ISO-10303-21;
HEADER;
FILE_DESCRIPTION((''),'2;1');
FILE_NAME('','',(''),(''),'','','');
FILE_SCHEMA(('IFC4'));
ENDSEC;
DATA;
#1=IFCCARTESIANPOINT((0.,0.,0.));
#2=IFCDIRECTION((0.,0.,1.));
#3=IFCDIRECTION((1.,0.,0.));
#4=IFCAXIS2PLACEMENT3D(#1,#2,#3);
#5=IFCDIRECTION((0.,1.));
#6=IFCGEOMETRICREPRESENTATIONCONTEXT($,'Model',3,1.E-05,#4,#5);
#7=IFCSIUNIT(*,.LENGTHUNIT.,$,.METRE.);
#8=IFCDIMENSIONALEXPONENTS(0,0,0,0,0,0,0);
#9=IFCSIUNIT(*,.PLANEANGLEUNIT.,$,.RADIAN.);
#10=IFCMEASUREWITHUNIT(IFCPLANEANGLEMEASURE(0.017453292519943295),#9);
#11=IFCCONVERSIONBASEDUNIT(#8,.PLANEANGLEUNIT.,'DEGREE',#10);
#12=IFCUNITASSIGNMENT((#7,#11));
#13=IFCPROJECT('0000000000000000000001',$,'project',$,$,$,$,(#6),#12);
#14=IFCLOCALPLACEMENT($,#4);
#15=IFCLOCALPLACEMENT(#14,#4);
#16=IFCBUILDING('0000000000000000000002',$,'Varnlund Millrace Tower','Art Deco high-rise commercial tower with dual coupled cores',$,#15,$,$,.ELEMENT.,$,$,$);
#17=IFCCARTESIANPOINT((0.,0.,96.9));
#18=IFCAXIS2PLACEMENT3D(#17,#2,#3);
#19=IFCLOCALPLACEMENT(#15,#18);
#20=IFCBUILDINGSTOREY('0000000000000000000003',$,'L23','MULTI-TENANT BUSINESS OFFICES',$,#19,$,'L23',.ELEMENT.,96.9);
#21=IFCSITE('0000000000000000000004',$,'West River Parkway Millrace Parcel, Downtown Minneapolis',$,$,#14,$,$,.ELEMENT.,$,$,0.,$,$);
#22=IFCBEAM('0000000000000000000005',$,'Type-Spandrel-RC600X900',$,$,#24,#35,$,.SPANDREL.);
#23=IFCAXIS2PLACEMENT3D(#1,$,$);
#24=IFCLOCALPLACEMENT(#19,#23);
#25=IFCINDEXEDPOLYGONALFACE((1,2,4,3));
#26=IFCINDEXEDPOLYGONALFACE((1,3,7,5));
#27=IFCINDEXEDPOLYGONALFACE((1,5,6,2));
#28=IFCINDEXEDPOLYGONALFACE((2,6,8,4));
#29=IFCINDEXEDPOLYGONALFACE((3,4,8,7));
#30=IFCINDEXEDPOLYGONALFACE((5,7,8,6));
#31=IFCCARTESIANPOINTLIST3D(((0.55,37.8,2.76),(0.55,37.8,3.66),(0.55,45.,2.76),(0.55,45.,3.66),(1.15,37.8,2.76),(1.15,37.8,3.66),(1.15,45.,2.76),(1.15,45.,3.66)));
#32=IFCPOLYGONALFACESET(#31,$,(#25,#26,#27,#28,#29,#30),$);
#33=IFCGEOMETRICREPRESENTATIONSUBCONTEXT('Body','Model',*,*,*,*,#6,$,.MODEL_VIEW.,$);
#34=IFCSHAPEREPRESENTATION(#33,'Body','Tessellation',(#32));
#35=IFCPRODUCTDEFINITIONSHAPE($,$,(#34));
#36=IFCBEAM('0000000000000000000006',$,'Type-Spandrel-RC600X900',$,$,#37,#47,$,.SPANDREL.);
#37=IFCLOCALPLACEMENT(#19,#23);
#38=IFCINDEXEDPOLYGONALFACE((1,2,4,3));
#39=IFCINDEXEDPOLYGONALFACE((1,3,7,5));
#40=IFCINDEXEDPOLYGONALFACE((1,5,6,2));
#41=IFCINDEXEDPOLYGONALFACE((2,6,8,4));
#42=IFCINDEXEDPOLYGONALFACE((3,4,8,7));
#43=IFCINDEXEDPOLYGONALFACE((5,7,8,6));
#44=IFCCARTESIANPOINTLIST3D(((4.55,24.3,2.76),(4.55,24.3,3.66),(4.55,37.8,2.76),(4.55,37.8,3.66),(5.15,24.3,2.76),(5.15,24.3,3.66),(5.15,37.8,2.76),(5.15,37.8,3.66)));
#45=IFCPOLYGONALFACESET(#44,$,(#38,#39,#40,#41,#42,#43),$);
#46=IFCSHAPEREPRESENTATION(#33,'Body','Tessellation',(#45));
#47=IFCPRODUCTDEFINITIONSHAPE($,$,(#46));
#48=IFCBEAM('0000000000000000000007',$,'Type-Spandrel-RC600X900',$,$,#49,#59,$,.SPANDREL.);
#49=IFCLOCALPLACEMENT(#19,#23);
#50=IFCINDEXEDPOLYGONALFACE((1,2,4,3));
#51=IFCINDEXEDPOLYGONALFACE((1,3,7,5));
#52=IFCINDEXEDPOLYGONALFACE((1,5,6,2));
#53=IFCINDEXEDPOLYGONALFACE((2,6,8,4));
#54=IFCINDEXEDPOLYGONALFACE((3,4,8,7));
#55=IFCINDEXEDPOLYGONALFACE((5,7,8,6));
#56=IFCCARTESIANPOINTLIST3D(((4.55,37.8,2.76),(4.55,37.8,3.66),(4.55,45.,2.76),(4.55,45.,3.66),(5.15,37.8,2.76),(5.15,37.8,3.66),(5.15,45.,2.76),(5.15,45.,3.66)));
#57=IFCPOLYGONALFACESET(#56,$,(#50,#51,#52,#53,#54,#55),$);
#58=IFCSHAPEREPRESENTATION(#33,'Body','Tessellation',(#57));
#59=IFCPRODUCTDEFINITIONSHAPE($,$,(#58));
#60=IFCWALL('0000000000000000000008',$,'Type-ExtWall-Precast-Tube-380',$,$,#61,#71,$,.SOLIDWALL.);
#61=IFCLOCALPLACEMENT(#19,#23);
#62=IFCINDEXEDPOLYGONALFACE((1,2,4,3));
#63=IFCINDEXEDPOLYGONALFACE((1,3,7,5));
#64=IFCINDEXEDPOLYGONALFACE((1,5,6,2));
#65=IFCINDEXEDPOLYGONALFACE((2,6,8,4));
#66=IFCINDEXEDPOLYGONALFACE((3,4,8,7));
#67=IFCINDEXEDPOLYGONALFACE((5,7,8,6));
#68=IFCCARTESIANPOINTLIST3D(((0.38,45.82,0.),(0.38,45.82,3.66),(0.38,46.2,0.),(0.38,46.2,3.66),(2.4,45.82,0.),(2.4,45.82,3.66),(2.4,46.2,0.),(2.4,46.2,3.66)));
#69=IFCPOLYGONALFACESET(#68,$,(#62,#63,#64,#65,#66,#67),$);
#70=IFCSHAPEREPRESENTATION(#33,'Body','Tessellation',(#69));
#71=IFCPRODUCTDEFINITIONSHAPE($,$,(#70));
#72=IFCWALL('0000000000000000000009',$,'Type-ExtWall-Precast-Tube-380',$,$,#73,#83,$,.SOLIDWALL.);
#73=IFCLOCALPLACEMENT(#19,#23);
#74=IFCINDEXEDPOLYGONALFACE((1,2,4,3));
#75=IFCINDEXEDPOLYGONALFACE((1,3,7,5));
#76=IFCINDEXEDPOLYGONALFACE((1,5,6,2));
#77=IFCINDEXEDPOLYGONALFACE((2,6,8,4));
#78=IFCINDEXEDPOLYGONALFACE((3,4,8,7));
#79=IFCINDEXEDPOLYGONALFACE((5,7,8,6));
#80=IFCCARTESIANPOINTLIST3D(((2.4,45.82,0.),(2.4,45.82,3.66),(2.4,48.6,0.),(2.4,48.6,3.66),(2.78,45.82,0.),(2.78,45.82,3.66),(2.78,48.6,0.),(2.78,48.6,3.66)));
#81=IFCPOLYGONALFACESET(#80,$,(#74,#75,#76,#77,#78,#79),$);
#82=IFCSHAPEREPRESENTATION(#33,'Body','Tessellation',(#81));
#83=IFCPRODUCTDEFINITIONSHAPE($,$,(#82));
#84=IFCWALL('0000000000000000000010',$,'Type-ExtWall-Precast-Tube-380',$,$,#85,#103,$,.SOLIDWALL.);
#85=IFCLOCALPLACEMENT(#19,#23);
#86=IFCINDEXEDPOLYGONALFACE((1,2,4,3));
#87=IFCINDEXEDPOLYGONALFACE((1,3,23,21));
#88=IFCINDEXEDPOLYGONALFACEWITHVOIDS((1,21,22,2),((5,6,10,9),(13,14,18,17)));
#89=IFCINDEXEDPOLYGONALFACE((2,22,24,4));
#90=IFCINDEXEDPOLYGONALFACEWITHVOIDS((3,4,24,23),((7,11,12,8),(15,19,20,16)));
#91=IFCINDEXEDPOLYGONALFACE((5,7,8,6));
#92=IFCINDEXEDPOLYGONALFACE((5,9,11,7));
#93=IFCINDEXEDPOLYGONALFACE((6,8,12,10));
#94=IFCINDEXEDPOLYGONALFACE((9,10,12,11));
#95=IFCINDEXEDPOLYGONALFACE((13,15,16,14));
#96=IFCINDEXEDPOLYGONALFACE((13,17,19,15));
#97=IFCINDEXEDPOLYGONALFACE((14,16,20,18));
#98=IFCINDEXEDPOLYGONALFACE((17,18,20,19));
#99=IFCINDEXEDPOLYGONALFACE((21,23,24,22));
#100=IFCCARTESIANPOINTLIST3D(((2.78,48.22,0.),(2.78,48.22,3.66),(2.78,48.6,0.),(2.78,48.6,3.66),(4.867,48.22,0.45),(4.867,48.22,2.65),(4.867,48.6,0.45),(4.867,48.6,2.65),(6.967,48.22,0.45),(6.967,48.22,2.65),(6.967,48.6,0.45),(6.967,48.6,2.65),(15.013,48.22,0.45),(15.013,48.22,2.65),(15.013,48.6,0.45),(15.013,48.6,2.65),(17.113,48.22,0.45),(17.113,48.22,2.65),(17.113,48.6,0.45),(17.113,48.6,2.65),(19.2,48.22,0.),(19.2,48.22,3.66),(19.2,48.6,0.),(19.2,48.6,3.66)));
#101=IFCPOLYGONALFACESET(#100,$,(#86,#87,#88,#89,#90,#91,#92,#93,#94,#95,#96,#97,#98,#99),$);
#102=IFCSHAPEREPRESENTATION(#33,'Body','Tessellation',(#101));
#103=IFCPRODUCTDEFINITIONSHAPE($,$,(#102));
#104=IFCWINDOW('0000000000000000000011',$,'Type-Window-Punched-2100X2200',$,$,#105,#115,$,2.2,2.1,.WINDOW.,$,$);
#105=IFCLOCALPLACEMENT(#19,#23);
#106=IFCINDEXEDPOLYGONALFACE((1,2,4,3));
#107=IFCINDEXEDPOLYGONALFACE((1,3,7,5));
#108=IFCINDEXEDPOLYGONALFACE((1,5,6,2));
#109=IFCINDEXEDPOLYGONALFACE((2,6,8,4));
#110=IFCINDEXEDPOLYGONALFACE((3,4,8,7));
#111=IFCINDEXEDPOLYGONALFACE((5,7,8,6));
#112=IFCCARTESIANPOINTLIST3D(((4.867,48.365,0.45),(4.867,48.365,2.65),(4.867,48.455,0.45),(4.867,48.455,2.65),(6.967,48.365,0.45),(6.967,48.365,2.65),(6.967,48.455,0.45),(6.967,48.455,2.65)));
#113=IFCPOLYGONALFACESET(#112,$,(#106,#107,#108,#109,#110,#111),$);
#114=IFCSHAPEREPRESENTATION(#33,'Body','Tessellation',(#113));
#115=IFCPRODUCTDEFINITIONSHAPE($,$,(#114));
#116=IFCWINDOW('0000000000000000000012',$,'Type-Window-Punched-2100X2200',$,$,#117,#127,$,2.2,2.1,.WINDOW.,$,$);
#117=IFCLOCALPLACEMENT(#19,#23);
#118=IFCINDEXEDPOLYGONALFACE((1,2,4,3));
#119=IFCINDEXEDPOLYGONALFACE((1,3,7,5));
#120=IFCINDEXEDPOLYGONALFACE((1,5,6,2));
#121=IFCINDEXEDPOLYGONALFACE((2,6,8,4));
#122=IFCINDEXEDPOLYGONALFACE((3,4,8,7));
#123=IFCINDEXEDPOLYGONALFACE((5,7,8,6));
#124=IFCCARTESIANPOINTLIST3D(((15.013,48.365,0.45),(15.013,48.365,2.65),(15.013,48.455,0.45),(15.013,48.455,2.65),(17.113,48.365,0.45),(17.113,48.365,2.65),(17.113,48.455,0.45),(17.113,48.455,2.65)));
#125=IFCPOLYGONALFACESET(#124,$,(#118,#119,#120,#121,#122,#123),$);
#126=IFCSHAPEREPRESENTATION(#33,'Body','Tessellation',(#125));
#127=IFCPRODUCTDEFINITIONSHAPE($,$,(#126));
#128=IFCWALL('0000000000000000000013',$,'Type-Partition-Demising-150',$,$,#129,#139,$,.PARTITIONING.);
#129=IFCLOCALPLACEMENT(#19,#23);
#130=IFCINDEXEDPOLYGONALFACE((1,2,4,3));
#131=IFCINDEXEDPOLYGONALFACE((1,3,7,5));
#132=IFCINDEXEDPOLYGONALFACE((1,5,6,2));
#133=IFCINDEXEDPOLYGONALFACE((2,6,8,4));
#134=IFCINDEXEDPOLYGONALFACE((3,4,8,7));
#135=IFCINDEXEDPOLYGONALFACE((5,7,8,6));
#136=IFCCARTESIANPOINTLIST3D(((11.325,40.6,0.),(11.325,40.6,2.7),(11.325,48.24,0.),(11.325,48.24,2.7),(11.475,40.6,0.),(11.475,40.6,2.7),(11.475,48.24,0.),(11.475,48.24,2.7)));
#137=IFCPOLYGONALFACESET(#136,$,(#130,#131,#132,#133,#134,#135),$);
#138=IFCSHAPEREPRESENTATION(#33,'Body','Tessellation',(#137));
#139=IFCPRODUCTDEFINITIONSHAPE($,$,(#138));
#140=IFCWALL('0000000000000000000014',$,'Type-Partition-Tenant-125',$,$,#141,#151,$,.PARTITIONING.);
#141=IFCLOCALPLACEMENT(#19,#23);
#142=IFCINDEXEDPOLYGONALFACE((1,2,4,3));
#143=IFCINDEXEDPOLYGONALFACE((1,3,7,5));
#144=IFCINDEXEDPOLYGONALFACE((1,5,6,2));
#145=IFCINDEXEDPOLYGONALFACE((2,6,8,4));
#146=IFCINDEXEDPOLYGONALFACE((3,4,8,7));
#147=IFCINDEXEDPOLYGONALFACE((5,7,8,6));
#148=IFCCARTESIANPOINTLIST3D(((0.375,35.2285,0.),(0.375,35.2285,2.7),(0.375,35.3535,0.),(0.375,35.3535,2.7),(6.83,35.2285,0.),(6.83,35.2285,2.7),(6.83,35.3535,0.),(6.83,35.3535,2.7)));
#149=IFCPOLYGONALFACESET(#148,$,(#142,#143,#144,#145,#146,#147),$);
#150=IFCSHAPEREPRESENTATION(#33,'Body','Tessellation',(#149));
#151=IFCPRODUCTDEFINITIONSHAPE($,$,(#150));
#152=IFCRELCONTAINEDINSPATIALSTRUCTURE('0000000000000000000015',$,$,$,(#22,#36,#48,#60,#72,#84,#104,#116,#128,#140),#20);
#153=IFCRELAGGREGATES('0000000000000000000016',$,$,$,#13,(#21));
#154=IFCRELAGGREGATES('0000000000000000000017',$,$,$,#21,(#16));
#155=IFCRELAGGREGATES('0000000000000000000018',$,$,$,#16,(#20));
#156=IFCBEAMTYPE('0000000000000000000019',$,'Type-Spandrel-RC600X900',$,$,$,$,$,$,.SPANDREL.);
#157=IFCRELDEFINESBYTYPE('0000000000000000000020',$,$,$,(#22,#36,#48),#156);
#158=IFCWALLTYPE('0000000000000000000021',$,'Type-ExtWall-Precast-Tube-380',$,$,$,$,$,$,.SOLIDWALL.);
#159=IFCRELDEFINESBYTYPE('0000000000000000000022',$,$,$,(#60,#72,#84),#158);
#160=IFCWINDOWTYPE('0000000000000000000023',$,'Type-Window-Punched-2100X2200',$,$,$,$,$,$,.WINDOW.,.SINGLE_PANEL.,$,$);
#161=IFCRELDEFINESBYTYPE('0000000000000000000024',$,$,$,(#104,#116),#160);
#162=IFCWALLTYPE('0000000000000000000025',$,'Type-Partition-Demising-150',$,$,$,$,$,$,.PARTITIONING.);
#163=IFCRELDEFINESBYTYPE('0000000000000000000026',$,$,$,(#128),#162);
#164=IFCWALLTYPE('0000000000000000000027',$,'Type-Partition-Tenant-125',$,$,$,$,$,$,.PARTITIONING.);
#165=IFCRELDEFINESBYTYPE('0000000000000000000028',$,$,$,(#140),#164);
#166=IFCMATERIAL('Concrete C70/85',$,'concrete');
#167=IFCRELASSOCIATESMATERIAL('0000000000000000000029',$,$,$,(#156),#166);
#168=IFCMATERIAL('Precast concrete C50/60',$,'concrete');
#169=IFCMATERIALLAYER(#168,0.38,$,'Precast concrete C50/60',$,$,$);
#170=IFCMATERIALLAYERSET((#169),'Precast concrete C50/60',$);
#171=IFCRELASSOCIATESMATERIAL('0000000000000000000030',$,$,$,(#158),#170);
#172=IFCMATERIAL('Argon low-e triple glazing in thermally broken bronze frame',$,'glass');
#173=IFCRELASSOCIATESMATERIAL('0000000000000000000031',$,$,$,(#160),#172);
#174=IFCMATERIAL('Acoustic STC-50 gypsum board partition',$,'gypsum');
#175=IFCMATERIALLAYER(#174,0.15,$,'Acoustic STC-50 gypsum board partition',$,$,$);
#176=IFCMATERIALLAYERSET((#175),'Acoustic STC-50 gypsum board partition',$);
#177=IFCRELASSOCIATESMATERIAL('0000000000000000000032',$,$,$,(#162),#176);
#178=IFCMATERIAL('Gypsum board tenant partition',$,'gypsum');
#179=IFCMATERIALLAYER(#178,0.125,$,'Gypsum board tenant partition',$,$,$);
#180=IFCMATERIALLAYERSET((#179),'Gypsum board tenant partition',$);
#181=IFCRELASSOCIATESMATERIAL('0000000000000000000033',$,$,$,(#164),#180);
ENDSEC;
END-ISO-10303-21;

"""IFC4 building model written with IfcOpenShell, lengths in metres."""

from ifc_helpers import new_model, entity, si_unit, converted_unit, direction, frame, origin_with_axes, origin_2d_with_axis, place, context, subcontext, project, spatial, polyline, rectangle, outline, extrude, material, layer, layer_set, material_profile, profile_set, type_object, element, fill, save


model = new_model("IFC4")

# Units and contexts
model_context = context("Model", 3, precision=1e-05, world=origin_with_axes(), true_north=direction((0.0, 1.0)))
body_context = subcontext(model_context, "Body", "Model", "MODEL_VIEW")
ifc_project = project(units=[si_unit("LENGTHUNIT", "METRE"), converted_unit("PLANEANGLEUNIT", "DEGREE", entity("IfcPlaneAngleMeasure", 0.017453292519943295), si_unit("PLANEANGLEUNIT", "RADIAN"), dimensions=[0, 0, 0, 0, 0, 0, 0])], contexts=[model_context])

# Site, building, storey
site_placement = place(None, origin_with_axes())
site = spatial("IfcSite", under=ifc_project, at=site_placement, Name="West River Parkway Millrace Parcel, Downtown Minneapolis", CompositionType="ELEMENT", RefElevation=0.0)
building_placement = place(site_placement, origin_with_axes())
building = spatial("IfcBuilding", under=site, at=building_placement, Name="Varnlund Millrace Tower", Description="Art Deco high-rise commercial tower with dual coupled cores", CompositionType="ELEMENT")
storey_placement = place(building_placement, frame((0.0, 0.0, 96.9), z_axis=(0.0, 0.0, 1.0), x_axis=(1.0, 0.0, 0.0)))
storey = spatial("IfcBuildingStorey", under=building, at=storey_placement, Name="L23", Description="MULTI-TENANT BUSINESS OFFICES", LongName="L23", CompositionType="ELEMENT", Elevation=96.9)

# Beams
ifc_material_1 = material(Name="Concrete C70/85", Category="concrete")
ifc_material_profile_1 = material_profile(ifc_material_1, rectangle(XDim=0.6, YDim=0.9, at=origin_2d_with_axis()), Name="Concrete C70/85")
ifc_profile_set_1 = profile_set([ifc_material_profile_1], Name="Concrete C70/85")
beam_type_1 = type_object("IfcBeamType", Name="Type-Spandrel-RC600X900", PredefinedType="SPANDREL", material=ifc_profile_set_1)
beam_1_placement = place(storey_placement, frame((0.85, 37.8, 3.21), z_axis=(0.0, 1.0, 0.0), x_axis=(-1.0, 0.0, 0.0)))
element("IfcBeam", 1, at=beam_1_placement, inside=storey, type_object=beam_type_1, Name="Type-Spandrel-RC600X900", PredefinedType="SPANDREL", context=body_context, shape_type="SweptSolid", body=[
    extrude(rectangle(XDim=0.6, YDim=0.9, at=origin_2d_with_axis()), origin_with_axes(), (0.0, 0.0, 1.0), 7.2),
])
beam_2_placement = place(storey_placement, frame((4.85, 24.3, 3.21), z_axis=(0.0, 1.0, 0.0), x_axis=(-1.0, 0.0, 0.0)))
element("IfcBeam", 2, at=beam_2_placement, inside=storey, type_object=beam_type_1, Name="Type-Spandrel-RC600X900", PredefinedType="SPANDREL", context=body_context, shape_type="SweptSolid", body=[
    extrude(rectangle(XDim=0.6, YDim=0.9, at=origin_2d_with_axis()), origin_with_axes(), (0.0, 0.0, 1.0), 13.5),
])
beam_3_placement = place(storey_placement, frame((4.85, 37.8, 3.21), z_axis=(0.0, 1.0, 0.0), x_axis=(-1.0, 0.0, 0.0)))
element("IfcBeam", 3, at=beam_3_placement, inside=storey, type_object=beam_type_1, Name="Type-Spandrel-RC600X900", PredefinedType="SPANDREL", context=body_context, shape_type="SweptSolid", body=[
    extrude(rectangle(XDim=0.6, YDim=0.9, at=origin_2d_with_axis()), origin_with_axes(), (0.0, 0.0, 1.0), 7.2),
])

# Walls
ifc_material_2 = material(Name="Precast concrete C50/60", Category="concrete")
ifc_layer_1 = layer(ifc_material_2, 0.38, Name="Precast concrete C50/60")
ifc_layer_set_1 = layer_set([ifc_layer_1], Name="Precast concrete C50/60")
wall_type_1 = type_object("IfcWallType", Name="Type-ExtWall-Precast-Tube-380", PredefinedType="SOLIDWALL", material=ifc_layer_set_1)
wall_1_placement = place(storey_placement, frame((0.38, 46.01, 0.0), z_axis=(0.0, 0.0, 1.0), x_axis=(1.0, 0.0, 0.0)))
element("IfcWall", 4, at=wall_1_placement, inside=storey, type_object=wall_type_1, Name="Type-ExtWall-Precast-Tube-380", PredefinedType="SOLIDWALL", context=body_context, shape_type="SweptSolid", body=[
    extrude(outline(polyline([(0.0, -0.19), (2.02, -0.19), (2.02, 0.19), (0.0, 0.19), (0.0, -0.19)])), origin_with_axes(), (0.0, 0.0, 1.0), 3.66),
])
wall_2_placement = place(storey_placement, frame((2.59, 45.82, 0.0), z_axis=(0.0, 0.0, 1.0), x_axis=(0.0, 1.0, 0.0)))
element("IfcWall", 5, at=wall_2_placement, inside=storey, type_object=wall_type_1, Name="Type-ExtWall-Precast-Tube-380", PredefinedType="SOLIDWALL", context=body_context, shape_type="SweptSolid", body=[
    extrude(outline(polyline([(0.0, -0.19), (2.78, -0.19), (2.78, 0.19), (0.0, 0.19), (0.0, -0.19)])), origin_with_axes(), (0.0, 0.0, 1.0), 3.66),
])

# Wall, openings, windows
wall_3_placement = place(storey_placement, frame((2.78, 48.41, 0.0), z_axis=(0.0, 0.0, 1.0), x_axis=(1.0, 0.0, 0.0)))
wall_3 = element("IfcWall", 6, at=wall_3_placement, inside=storey, type_object=wall_type_1, Name="Type-ExtWall-Precast-Tube-380", PredefinedType="SOLIDWALL", context=body_context, shape_type="SweptSolid", body=[
    extrude(outline(polyline([(0.0, -0.19), (16.42, -0.19), (16.42, 0.19), (0.0, 0.19), (0.0, -0.19)])), origin_with_axes(), (0.0, 0.0, 1.0), 3.66),
])
opening_1_placement = place(wall_3_placement, frame((3.137, 0.0, 0.45), z_axis=(0.0, 0.0, 1.0), x_axis=(1.0, 0.0, 0.0)))
opening_1 = element("IfcOpeningElement", 7, at=opening_1_placement, cuts=wall_3, PredefinedType="OPENING", context=body_context, shape_type="SweptSolid", body=[
    extrude(rectangle(XDim=2.1, YDim=0.4, at=origin_2d_with_axis()), origin_with_axes(), (0.0, 0.0, 1.0), 2.2),
])
opening_2_placement = place(wall_3_placement, frame((13.283, 0.0, 0.45), z_axis=(0.0, 0.0, 1.0), x_axis=(1.0, 0.0, 0.0)))
opening_2 = element("IfcOpeningElement", 8, at=opening_2_placement, cuts=wall_3, PredefinedType="OPENING", context=body_context, shape_type="SweptSolid", body=[
    extrude(rectangle(XDim=2.1, YDim=0.4, at=origin_2d_with_axis()), origin_with_axes(), (0.0, 0.0, 1.0), 2.2),
])
ifc_material_3 = material(Name="Argon low-e triple glazing in thermally broken bronze frame", Category="glass")
window_type = type_object("IfcWindowType", Name="Type-Window-Punched-2100X2200", PartitioningType="SINGLE_PANEL", PredefinedType="WINDOW", material=ifc_material_3)
window_1_placement = place(wall_3_placement, frame((3.137, 0.0, 0.45), z_axis=(0.0, 0.0, 1.0), x_axis=(1.0, 0.0, 0.0)))
window_1 = element("IfcWindow", 9, at=window_1_placement, inside=storey, type_object=window_type, Name="Type-Window-Punched-2100X2200", OverallHeight=2.2, OverallWidth=2.1, PredefinedType="WINDOW", context=body_context, shape_type="SweptSolid", body=[
    extrude(rectangle(XDim=2.1, YDim=0.09, at=origin_2d_with_axis()), origin_with_axes(), (0.0, 0.0, 1.0), 2.2),
])
fill(opening_1, window_1)
window_2_placement = place(wall_3_placement, frame((13.283, 0.0, 0.45), z_axis=(0.0, 0.0, 1.0), x_axis=(1.0, 0.0, 0.0)))
window_2 = element("IfcWindow", 10, at=window_2_placement, inside=storey, type_object=window_type, Name="Type-Window-Punched-2100X2200", OverallHeight=2.2, OverallWidth=2.1, PredefinedType="WINDOW", context=body_context, shape_type="SweptSolid", body=[
    extrude(rectangle(XDim=2.1, YDim=0.09, at=origin_2d_with_axis()), origin_with_axes(), (0.0, 0.0, 1.0), 2.2),
])
fill(opening_2, window_2)

# Walls
ifc_material_4 = material(Name="Acoustic STC-50 gypsum board partition", Category="gypsum")
ifc_layer_2 = layer(ifc_material_4, 0.15, Name="Acoustic STC-50 gypsum board partition")
ifc_layer_set_2 = layer_set([ifc_layer_2], Name="Acoustic STC-50 gypsum board partition")
wall_type_2 = type_object("IfcWallType", Name="Type-Partition-Demising-150", PredefinedType="PARTITIONING", material=ifc_layer_set_2)
wall_4_placement = place(storey_placement, frame((11.4, 40.6, 0.0), z_axis=(0.0, 0.0, 1.0), x_axis=(0.0, 1.0, 0.0)))
element("IfcWall", 11, at=wall_4_placement, inside=storey, type_object=wall_type_2, Name="Type-Partition-Demising-150", PredefinedType="PARTITIONING", context=body_context, shape_type="SweptSolid", body=[
    extrude(outline(polyline([(0.0, -0.075), (7.64, -0.075), (7.64, 0.075), (0.0, 0.075), (0.0, -0.075)])), origin_with_axes(), (0.0, 0.0, 1.0), 2.7),
])
ifc_material_5 = material(Name="Gypsum board tenant partition", Category="gypsum")
ifc_layer_3 = layer(ifc_material_5, 0.125, Name="Gypsum board tenant partition")
ifc_layer_set_3 = layer_set([ifc_layer_3], Name="Gypsum board tenant partition")
wall_type_3 = type_object("IfcWallType", Name="Type-Partition-Tenant-125", PredefinedType="PARTITIONING", material=ifc_layer_set_3)
wall_5_placement = place(storey_placement, frame((0.375, 35.291, 0.0), z_axis=(0.0, 0.0, 1.0), x_axis=(1.0, 0.0, 0.0)))
element("IfcWall", 12, at=wall_5_placement, inside=storey, type_object=wall_type_3, Name="Type-Partition-Tenant-125", PredefinedType="PARTITIONING", context=body_context, shape_type="SweptSolid", body=[
    extrude(outline(polyline([(0.0, -0.0625), (6.455, -0.0625), (6.455, 0.0625), (0.0, 0.0625), (0.0, -0.0625)])), origin_with_axes(), (0.0, 0.0, 1.0), 2.7),
])

save(model, "model.ifc")
